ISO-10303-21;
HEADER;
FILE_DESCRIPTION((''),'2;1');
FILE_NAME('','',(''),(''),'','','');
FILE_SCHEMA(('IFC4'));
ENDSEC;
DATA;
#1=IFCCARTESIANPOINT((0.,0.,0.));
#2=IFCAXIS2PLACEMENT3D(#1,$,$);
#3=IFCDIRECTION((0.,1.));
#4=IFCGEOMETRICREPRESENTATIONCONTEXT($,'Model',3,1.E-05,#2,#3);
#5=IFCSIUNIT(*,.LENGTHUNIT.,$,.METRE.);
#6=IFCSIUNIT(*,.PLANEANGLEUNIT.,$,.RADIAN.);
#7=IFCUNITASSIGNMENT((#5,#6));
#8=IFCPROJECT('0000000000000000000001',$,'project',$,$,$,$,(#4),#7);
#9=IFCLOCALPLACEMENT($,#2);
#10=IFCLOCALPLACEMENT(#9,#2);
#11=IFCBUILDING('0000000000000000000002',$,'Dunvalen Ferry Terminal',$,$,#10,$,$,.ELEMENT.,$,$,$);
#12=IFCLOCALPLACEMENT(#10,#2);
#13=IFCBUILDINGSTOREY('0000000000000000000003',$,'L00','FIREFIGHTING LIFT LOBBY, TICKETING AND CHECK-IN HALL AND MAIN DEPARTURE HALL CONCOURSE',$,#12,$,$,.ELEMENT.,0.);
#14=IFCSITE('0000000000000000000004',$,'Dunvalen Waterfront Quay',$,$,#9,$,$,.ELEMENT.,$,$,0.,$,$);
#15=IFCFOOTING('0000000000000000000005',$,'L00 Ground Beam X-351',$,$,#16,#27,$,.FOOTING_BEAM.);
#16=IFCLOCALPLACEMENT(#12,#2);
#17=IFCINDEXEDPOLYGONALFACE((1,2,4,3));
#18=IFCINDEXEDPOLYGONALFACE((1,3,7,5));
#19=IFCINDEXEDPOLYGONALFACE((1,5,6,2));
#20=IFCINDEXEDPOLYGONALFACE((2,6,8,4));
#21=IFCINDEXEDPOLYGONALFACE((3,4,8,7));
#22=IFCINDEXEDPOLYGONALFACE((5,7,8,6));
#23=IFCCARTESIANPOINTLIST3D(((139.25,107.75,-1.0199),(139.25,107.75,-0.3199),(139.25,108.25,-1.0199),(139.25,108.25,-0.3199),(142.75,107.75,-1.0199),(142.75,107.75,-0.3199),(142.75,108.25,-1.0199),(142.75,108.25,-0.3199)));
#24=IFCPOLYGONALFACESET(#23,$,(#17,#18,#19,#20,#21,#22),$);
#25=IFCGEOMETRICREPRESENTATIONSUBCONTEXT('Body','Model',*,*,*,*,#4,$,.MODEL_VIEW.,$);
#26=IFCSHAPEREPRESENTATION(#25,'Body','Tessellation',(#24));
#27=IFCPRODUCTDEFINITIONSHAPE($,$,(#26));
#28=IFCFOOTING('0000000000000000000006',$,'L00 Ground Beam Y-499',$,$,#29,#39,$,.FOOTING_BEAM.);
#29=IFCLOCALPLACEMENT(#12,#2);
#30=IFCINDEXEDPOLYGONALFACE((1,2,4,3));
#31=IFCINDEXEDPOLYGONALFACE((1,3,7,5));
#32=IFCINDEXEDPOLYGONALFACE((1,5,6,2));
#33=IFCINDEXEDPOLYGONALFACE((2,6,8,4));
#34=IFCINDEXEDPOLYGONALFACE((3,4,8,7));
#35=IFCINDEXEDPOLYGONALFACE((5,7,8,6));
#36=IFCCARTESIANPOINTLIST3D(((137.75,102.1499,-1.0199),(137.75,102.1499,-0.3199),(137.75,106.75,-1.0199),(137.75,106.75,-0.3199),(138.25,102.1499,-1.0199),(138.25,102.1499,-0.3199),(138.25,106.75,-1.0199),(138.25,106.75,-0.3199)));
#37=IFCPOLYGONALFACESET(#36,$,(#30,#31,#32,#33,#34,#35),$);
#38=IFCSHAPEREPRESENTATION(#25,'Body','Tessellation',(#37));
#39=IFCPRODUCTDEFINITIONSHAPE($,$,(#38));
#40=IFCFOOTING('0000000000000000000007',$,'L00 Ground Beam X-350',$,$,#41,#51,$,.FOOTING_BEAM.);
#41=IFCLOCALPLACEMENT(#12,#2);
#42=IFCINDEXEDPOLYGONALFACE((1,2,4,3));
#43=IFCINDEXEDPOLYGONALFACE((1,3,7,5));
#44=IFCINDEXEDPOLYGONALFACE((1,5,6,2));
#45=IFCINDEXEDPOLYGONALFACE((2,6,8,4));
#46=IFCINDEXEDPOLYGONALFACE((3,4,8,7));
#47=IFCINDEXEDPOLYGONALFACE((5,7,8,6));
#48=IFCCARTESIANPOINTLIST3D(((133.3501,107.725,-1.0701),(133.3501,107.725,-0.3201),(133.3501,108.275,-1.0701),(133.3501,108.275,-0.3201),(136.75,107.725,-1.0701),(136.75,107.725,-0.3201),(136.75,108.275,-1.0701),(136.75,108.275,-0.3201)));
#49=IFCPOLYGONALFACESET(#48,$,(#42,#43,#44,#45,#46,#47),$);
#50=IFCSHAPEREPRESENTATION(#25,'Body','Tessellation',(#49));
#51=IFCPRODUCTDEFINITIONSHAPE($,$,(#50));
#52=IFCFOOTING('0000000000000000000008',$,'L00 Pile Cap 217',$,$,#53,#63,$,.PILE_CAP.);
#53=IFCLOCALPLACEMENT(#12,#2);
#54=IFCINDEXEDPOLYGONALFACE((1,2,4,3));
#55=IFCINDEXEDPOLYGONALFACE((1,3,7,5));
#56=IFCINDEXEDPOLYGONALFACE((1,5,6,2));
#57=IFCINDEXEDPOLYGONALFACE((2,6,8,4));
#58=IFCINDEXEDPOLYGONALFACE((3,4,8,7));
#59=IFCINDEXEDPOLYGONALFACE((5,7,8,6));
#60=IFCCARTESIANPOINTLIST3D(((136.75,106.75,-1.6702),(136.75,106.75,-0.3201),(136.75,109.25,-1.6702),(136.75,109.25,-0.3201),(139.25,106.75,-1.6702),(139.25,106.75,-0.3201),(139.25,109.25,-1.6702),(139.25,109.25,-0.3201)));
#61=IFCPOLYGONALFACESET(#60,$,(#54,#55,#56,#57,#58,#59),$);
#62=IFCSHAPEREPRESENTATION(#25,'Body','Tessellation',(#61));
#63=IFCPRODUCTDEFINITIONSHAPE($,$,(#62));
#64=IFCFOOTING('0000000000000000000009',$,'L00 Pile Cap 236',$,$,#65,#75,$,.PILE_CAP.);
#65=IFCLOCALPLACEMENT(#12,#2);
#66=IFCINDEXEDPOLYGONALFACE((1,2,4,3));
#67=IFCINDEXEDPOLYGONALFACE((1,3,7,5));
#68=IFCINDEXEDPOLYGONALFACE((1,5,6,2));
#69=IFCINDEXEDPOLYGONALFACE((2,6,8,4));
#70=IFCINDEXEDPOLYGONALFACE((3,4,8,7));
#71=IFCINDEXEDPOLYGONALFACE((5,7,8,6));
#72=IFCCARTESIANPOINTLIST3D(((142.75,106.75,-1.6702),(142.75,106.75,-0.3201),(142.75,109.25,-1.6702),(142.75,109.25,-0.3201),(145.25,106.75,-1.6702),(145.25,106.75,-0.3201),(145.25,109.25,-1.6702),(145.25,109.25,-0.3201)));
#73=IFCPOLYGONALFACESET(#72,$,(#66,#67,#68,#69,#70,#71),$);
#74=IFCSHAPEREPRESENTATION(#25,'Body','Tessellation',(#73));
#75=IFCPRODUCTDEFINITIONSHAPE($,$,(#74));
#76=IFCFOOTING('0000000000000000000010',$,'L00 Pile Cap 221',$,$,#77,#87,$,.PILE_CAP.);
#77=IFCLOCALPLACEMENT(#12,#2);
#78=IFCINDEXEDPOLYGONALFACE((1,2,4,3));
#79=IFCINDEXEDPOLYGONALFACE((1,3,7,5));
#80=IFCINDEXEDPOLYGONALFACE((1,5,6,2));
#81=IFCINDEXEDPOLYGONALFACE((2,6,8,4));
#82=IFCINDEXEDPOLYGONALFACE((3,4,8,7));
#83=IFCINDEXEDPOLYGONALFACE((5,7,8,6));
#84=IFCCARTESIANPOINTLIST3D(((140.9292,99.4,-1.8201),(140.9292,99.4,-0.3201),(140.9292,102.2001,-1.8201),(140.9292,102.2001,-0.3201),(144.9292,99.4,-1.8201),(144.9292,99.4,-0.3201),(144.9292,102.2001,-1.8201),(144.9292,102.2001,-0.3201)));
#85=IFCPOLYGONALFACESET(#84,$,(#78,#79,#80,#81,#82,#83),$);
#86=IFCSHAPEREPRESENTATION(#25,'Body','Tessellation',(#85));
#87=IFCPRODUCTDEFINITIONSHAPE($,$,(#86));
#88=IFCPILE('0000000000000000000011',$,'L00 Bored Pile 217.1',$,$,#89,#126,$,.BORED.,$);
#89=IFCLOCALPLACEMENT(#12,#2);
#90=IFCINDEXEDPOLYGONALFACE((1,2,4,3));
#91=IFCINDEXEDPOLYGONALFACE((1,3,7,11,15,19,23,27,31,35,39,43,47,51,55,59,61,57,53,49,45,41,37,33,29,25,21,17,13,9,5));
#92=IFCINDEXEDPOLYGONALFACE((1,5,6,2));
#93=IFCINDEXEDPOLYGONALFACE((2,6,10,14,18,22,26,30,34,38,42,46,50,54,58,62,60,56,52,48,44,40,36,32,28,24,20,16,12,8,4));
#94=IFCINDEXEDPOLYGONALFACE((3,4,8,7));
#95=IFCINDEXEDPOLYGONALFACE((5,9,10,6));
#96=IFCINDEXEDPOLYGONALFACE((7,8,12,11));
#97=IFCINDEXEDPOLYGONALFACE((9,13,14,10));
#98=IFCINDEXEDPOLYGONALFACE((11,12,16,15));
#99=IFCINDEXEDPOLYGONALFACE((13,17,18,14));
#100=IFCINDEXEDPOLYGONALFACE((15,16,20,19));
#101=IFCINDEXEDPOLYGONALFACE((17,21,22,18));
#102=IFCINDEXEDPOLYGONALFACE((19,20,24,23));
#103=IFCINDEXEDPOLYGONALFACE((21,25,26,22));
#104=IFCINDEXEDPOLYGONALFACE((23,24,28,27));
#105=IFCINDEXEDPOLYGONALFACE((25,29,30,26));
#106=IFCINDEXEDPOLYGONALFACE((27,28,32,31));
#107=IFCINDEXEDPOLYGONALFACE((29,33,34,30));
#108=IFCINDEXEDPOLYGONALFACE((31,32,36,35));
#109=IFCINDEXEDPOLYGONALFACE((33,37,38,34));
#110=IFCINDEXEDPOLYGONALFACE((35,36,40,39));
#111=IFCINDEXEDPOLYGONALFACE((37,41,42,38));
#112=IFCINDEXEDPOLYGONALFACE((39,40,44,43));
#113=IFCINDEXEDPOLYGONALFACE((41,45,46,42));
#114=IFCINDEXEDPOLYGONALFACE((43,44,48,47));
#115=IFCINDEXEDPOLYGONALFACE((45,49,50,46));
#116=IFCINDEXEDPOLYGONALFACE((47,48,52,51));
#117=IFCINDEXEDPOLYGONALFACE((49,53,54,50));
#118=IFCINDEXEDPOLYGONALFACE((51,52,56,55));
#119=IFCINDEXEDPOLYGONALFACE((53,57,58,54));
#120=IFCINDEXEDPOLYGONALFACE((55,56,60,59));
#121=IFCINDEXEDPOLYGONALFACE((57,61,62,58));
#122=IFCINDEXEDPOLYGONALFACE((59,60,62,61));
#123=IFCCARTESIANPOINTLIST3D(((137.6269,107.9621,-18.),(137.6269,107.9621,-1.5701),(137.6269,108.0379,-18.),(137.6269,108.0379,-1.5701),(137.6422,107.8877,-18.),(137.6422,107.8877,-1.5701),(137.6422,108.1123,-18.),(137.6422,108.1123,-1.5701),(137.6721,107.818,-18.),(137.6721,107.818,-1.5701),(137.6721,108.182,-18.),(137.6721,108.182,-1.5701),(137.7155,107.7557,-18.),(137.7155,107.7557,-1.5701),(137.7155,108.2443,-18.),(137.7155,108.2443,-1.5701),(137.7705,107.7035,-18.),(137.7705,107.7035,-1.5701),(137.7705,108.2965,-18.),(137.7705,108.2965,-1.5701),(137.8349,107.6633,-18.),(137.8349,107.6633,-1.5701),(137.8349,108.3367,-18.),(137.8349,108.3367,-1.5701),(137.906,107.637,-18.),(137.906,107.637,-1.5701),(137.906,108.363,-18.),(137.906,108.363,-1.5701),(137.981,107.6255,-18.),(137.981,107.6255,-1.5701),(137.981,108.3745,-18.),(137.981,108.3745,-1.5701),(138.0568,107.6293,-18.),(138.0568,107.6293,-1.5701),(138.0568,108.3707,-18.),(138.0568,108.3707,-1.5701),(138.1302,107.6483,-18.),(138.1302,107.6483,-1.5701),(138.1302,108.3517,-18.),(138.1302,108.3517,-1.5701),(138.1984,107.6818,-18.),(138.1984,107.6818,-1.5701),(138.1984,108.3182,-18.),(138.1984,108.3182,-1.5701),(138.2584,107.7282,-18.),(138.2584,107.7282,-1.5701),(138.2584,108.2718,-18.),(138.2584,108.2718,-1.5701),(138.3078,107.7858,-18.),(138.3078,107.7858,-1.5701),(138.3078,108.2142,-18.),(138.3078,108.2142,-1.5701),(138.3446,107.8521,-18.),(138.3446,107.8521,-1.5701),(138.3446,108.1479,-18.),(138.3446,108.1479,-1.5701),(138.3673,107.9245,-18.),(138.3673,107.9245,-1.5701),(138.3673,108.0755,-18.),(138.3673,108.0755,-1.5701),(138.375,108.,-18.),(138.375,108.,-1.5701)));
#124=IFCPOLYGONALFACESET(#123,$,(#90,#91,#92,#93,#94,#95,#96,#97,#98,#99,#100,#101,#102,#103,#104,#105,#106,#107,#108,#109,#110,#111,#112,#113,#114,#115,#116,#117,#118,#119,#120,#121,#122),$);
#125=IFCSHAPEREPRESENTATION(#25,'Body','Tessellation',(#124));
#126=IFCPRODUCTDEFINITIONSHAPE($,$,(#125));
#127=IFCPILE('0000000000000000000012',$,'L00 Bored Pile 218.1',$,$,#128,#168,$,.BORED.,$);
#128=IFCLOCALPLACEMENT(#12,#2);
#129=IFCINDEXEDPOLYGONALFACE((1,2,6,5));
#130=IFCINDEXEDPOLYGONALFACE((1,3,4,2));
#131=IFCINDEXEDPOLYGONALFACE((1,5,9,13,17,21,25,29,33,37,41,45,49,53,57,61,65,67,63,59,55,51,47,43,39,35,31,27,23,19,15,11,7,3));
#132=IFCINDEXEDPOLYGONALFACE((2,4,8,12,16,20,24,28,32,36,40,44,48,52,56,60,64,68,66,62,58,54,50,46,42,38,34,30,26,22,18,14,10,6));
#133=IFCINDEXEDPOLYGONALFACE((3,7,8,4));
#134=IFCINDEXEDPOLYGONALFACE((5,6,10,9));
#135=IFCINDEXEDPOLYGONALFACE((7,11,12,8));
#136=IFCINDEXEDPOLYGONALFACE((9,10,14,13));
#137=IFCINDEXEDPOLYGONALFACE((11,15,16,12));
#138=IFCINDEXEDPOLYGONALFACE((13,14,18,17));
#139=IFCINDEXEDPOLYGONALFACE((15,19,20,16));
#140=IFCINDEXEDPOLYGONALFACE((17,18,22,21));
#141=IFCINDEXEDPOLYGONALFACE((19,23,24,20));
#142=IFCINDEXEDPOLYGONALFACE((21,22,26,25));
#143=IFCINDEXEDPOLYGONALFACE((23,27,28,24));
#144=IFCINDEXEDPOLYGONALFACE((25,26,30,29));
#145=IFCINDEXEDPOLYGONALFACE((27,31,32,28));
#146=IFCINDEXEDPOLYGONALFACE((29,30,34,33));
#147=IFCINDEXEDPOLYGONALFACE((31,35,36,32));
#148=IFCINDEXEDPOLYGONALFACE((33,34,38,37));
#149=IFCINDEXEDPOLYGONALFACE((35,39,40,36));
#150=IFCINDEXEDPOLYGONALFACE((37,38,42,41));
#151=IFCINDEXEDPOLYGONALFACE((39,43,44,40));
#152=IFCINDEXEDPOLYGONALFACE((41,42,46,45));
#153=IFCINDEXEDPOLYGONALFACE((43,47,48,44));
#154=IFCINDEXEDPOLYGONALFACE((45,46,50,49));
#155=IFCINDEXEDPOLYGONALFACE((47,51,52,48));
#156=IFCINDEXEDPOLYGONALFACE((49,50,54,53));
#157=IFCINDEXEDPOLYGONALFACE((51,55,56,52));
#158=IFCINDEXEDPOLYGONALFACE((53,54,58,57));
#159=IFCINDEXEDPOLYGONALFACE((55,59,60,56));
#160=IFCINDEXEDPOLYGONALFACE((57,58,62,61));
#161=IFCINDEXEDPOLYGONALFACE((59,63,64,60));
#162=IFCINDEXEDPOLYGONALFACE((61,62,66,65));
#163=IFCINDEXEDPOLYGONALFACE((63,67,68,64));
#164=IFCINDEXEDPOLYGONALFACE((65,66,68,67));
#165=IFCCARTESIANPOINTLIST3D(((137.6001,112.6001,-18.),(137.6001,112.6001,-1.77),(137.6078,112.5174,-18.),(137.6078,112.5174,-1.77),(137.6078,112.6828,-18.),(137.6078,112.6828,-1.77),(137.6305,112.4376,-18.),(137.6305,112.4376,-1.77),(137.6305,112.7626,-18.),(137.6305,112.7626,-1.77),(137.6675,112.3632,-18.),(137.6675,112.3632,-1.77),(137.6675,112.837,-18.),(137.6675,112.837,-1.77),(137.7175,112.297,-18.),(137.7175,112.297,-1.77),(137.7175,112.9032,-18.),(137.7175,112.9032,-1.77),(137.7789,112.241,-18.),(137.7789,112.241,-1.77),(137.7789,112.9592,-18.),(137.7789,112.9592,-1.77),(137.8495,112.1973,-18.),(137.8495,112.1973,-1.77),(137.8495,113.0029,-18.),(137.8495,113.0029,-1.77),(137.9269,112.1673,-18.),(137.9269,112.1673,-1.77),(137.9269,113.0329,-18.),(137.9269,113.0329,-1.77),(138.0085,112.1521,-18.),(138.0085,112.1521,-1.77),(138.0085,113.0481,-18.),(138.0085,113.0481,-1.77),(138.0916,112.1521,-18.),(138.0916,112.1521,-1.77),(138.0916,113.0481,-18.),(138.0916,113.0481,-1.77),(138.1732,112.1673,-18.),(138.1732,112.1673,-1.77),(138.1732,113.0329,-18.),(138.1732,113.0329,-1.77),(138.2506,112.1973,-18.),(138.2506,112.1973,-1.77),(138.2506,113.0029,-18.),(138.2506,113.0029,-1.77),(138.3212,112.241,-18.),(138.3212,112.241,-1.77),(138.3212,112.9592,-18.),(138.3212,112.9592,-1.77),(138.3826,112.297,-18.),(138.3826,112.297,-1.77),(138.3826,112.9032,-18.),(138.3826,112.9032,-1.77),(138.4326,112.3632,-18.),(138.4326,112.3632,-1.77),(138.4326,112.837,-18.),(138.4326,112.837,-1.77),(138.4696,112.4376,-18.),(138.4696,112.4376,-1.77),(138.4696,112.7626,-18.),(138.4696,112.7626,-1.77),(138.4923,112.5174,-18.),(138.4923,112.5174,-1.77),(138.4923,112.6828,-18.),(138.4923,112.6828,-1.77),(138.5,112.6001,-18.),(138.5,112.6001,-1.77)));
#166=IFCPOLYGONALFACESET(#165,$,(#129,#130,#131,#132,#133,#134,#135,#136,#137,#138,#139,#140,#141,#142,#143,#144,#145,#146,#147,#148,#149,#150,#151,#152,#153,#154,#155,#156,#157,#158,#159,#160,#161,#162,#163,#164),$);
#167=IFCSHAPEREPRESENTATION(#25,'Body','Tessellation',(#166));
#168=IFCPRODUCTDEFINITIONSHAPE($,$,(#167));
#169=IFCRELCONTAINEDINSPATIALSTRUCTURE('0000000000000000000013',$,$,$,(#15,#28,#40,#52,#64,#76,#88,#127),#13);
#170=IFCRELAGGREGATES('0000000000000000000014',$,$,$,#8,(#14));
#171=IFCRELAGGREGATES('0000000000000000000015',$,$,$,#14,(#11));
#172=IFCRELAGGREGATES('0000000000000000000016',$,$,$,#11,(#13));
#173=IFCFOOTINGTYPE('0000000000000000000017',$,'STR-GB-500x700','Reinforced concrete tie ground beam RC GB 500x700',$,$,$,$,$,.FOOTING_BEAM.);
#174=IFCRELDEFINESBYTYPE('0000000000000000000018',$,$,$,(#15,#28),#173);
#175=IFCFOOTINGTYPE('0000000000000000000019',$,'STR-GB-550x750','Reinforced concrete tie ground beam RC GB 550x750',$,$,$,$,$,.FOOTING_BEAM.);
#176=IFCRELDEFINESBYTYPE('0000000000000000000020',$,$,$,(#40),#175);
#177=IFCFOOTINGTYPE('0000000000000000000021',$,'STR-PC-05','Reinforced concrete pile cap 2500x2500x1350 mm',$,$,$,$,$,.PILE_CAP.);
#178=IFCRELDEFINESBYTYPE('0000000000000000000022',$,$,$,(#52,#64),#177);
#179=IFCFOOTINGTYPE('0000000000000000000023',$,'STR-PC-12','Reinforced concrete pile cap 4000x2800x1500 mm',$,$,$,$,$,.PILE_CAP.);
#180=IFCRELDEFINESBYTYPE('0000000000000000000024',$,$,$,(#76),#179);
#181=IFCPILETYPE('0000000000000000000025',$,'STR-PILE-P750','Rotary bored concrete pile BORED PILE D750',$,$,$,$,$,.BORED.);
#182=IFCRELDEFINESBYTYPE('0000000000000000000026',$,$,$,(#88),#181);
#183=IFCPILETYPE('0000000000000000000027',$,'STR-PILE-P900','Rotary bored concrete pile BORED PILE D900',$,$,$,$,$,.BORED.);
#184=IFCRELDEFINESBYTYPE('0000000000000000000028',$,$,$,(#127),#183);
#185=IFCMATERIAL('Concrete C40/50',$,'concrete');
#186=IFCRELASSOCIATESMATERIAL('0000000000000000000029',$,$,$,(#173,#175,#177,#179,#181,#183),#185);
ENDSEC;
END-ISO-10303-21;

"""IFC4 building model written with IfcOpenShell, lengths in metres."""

from ifc_helpers import new_model, si_unit, direction, frame, origin, origin_2d, place, context, subcontext, project, spatial, rectangle, circle, extrude, material, material_profile, profile_set, type_object, element, save


model = new_model("IFC4")

# Units and contexts
model_context = context("Model", 3, precision=1e-05, world=origin(), true_north=direction((0.0, 1.0)))
body_context = subcontext(model_context, "Body", "Model", "MODEL_VIEW")
ifc_project = project(units=[si_unit("LENGTHUNIT", "METRE"), si_unit("PLANEANGLEUNIT", "RADIAN")], contexts=[model_context])

# Site, building, storey
site_placement = place(None, origin())
site = spatial("IfcSite", under=ifc_project, at=site_placement, Name="Dunvalen Waterfront Quay", CompositionType="ELEMENT", RefElevation=0.0)
building_placement = place(site_placement, origin())
building = spatial("IfcBuilding", under=site, at=building_placement, Name="Dunvalen Ferry Terminal", CompositionType="ELEMENT")
storey_placement = place(building_placement, origin())
storey = spatial("IfcBuildingStorey", under=building, at=storey_placement, Name="L00", Description="FIREFIGHTING LIFT LOBBY, TICKETING AND CHECK-IN HALL AND MAIN DEPARTURE HALL CONCOURSE", CompositionType="ELEMENT", Elevation=0.0)

# Footings
ifc_material_1 = material(Name="Concrete C40/50", Category="concrete")
ifc_material_profile_1 = material_profile(ifc_material_1, rectangle(XDim=0.5, YDim=0.7, at=origin_2d()), Name="Concrete C40/50")
ifc_profile_set_1 = profile_set([ifc_material_profile_1], Name="Concrete C40/50")
footing_type_1 = type_object("IfcFootingType", Name="STR-GB-500x700", Description="Reinforced concrete tie ground beam RC GB 500x700", PredefinedType="FOOTING_BEAM", material=ifc_profile_set_1)
footing_1_placement = place(storey_placement, frame((139.25, 108.0, -0.6699), z_axis=(1.0, 0.0, 0.0), x_axis=(0.0, 1.0, 0.0)))
element("IfcFooting", 1, at=footing_1_placement, inside=storey, type_object=footing_type_1, Name="L00 Ground Beam X-351", PredefinedType="FOOTING_BEAM", context=body_context, shape_type="SweptSolid", body=[
    extrude(rectangle(XDim=0.5, YDim=0.7, at=origin_2d()), origin(), (0.0, 0.0, 1.0), 3.5),
])
footing_2_placement = place(storey_placement, frame((138.0, 102.1499, -0.6699), z_axis=(0.0, 1.0, 0.0), x_axis=(-1.0, 0.0, 0.0)))
element("IfcFooting", 2, at=footing_2_placement, inside=storey, type_object=footing_type_1, Name="L00 Ground Beam Y-499", PredefinedType="FOOTING_BEAM", context=body_context, shape_type="SweptSolid", body=[
    extrude(rectangle(XDim=0.5, YDim=0.7, at=origin_2d()), origin(), (0.0, 0.0, 1.0), 4.6001),
])
ifc_material_profile_2 = material_profile(ifc_material_1, rectangle(XDim=0.55, YDim=0.75, at=origin_2d()), Name="Concrete C40/50")
ifc_profile_set_2 = profile_set([ifc_material_profile_2], Name="Concrete C40/50")
footing_type_2 = type_object("IfcFootingType", Name="STR-GB-550x750", Description="Reinforced concrete tie ground beam RC GB 550x750", PredefinedType="FOOTING_BEAM", material=ifc_profile_set_2)
footing_3_placement = place(storey_placement, frame((133.3501, 108.0, -0.6951), z_axis=(1.0, 0.0, 0.0), x_axis=(0.0, 1.0, 0.0)))
element("IfcFooting", 3, at=footing_3_placement, inside=storey, type_object=footing_type_2, Name="L00 Ground Beam X-350", PredefinedType="FOOTING_BEAM", context=body_context, shape_type="SweptSolid", body=[
    extrude(rectangle(XDim=0.55, YDim=0.75, at=origin_2d()), origin(), (0.0, 0.0, 1.0), 3.3999),
])
footing_type_3 = type_object("IfcFootingType", Name="STR-PC-05", Description="Reinforced concrete pile cap 2500x2500x1350 mm", PredefinedType="PILE_CAP", material=ifc_material_1)
for number, where, z_axis, x_axis, name in (
    (4, (138.0, 108.0, -1.6702), (0.0, 0.0, 1.0), (1.0, 0.0, 0.0), "L00 Pile Cap 217"),
    (5, (144.0, 108.0, -1.6702), (0.0, 0.0, 1.0), (1.0, 0.0, 0.0), "L00 Pile Cap 236"),
):
    element("IfcFooting", number, at=place(storey_placement, frame(where, z_axis=z_axis, x_axis=x_axis)), inside=storey, type_object=footing_type_3, Name=name, PredefinedType="PILE_CAP", context=body_context, shape_type="SweptSolid", body=[
        extrude(rectangle(XDim=2.5, YDim=2.5, at=origin_2d()), origin(), (0.0, 0.0, 1.0), 1.3501),
    ])
footing_type_4 = type_object("IfcFootingType", Name="STR-PC-12", Description="Reinforced concrete pile cap 4000x2800x1500 mm", PredefinedType="PILE_CAP", material=ifc_material_1)
footing_4_placement = place(storey_placement, frame((142.9292, 100.8, -1.8201), z_axis=(0.0, 0.0, 1.0), x_axis=(1.0, 0.0, 0.0)))
element("IfcFooting", 6, at=footing_4_placement, inside=storey, type_object=footing_type_4, Name="L00 Pile Cap 221", PredefinedType="PILE_CAP", context=body_context, shape_type="SweptSolid", body=[
    extrude(rectangle(XDim=4.0, YDim=2.8, at=origin_2d()), origin(), (0.0, 0.0, 1.0), 1.5),
])

# Piles
ifc_material_profile_3 = material_profile(ifc_material_1, circle(Radius=0.375, at=origin_2d()), Name="Concrete C40/50")
ifc_profile_set_3 = profile_set([ifc_material_profile_3], Name="Concrete C40/50")
pile_type_1 = type_object("IfcPileType", Name="STR-PILE-P750", Description="Rotary bored concrete pile BORED PILE D750", PredefinedType="BORED", material=ifc_profile_set_3)
pile_placement = place(storey_placement, frame((138.0, 108.0, -1.5701), z_axis=(0.0, 0.0, -1.0), x_axis=(1.0, 0.0, 0.0)))
element("IfcPile", 7, at=pile_placement, inside=storey, type_object=pile_type_1, Name="L00 Bored Pile 217.1", PredefinedType="BORED", context=body_context, shape_type="SweptSolid", body=[
    extrude(circle(Radius=0.375, at=origin_2d()), origin(), (0.0, 0.0, 1.0), 16.4299),
])
ifc_material_profile_4 = material_profile(ifc_material_1, circle(Radius=0.45, at=origin_2d()), Name="Concrete C40/50")
ifc_profile_set_4 = profile_set([ifc_material_profile_4], Name="Concrete C40/50")
pile_type_2 = type_object("IfcPileType", Name="STR-PILE-P900", Description="Rotary bored concrete pile BORED PILE D900", PredefinedType="BORED", material=ifc_profile_set_4)
for number, where, z_axis, x_axis, name in (
    (8, (138.05, 112.6001, -1.77), (0.0, 0.0, -1.0), (1.0, 0.0, 0.0), "L00 Bored Pile 218.1"),
):
    element("IfcPile", number, at=place(storey_placement, frame(where, z_axis=z_axis, x_axis=x_axis)), inside=storey, type_object=pile_type_2, Name=name, PredefinedType="BORED", context=body_context, shape_type="SweptSolid", body=[
        extrude(circle(Radius=0.45, at=origin_2d()), origin(), (0.0, 0.0, 1.0), 16.23),
    ])

save(model, "model.ifc")
